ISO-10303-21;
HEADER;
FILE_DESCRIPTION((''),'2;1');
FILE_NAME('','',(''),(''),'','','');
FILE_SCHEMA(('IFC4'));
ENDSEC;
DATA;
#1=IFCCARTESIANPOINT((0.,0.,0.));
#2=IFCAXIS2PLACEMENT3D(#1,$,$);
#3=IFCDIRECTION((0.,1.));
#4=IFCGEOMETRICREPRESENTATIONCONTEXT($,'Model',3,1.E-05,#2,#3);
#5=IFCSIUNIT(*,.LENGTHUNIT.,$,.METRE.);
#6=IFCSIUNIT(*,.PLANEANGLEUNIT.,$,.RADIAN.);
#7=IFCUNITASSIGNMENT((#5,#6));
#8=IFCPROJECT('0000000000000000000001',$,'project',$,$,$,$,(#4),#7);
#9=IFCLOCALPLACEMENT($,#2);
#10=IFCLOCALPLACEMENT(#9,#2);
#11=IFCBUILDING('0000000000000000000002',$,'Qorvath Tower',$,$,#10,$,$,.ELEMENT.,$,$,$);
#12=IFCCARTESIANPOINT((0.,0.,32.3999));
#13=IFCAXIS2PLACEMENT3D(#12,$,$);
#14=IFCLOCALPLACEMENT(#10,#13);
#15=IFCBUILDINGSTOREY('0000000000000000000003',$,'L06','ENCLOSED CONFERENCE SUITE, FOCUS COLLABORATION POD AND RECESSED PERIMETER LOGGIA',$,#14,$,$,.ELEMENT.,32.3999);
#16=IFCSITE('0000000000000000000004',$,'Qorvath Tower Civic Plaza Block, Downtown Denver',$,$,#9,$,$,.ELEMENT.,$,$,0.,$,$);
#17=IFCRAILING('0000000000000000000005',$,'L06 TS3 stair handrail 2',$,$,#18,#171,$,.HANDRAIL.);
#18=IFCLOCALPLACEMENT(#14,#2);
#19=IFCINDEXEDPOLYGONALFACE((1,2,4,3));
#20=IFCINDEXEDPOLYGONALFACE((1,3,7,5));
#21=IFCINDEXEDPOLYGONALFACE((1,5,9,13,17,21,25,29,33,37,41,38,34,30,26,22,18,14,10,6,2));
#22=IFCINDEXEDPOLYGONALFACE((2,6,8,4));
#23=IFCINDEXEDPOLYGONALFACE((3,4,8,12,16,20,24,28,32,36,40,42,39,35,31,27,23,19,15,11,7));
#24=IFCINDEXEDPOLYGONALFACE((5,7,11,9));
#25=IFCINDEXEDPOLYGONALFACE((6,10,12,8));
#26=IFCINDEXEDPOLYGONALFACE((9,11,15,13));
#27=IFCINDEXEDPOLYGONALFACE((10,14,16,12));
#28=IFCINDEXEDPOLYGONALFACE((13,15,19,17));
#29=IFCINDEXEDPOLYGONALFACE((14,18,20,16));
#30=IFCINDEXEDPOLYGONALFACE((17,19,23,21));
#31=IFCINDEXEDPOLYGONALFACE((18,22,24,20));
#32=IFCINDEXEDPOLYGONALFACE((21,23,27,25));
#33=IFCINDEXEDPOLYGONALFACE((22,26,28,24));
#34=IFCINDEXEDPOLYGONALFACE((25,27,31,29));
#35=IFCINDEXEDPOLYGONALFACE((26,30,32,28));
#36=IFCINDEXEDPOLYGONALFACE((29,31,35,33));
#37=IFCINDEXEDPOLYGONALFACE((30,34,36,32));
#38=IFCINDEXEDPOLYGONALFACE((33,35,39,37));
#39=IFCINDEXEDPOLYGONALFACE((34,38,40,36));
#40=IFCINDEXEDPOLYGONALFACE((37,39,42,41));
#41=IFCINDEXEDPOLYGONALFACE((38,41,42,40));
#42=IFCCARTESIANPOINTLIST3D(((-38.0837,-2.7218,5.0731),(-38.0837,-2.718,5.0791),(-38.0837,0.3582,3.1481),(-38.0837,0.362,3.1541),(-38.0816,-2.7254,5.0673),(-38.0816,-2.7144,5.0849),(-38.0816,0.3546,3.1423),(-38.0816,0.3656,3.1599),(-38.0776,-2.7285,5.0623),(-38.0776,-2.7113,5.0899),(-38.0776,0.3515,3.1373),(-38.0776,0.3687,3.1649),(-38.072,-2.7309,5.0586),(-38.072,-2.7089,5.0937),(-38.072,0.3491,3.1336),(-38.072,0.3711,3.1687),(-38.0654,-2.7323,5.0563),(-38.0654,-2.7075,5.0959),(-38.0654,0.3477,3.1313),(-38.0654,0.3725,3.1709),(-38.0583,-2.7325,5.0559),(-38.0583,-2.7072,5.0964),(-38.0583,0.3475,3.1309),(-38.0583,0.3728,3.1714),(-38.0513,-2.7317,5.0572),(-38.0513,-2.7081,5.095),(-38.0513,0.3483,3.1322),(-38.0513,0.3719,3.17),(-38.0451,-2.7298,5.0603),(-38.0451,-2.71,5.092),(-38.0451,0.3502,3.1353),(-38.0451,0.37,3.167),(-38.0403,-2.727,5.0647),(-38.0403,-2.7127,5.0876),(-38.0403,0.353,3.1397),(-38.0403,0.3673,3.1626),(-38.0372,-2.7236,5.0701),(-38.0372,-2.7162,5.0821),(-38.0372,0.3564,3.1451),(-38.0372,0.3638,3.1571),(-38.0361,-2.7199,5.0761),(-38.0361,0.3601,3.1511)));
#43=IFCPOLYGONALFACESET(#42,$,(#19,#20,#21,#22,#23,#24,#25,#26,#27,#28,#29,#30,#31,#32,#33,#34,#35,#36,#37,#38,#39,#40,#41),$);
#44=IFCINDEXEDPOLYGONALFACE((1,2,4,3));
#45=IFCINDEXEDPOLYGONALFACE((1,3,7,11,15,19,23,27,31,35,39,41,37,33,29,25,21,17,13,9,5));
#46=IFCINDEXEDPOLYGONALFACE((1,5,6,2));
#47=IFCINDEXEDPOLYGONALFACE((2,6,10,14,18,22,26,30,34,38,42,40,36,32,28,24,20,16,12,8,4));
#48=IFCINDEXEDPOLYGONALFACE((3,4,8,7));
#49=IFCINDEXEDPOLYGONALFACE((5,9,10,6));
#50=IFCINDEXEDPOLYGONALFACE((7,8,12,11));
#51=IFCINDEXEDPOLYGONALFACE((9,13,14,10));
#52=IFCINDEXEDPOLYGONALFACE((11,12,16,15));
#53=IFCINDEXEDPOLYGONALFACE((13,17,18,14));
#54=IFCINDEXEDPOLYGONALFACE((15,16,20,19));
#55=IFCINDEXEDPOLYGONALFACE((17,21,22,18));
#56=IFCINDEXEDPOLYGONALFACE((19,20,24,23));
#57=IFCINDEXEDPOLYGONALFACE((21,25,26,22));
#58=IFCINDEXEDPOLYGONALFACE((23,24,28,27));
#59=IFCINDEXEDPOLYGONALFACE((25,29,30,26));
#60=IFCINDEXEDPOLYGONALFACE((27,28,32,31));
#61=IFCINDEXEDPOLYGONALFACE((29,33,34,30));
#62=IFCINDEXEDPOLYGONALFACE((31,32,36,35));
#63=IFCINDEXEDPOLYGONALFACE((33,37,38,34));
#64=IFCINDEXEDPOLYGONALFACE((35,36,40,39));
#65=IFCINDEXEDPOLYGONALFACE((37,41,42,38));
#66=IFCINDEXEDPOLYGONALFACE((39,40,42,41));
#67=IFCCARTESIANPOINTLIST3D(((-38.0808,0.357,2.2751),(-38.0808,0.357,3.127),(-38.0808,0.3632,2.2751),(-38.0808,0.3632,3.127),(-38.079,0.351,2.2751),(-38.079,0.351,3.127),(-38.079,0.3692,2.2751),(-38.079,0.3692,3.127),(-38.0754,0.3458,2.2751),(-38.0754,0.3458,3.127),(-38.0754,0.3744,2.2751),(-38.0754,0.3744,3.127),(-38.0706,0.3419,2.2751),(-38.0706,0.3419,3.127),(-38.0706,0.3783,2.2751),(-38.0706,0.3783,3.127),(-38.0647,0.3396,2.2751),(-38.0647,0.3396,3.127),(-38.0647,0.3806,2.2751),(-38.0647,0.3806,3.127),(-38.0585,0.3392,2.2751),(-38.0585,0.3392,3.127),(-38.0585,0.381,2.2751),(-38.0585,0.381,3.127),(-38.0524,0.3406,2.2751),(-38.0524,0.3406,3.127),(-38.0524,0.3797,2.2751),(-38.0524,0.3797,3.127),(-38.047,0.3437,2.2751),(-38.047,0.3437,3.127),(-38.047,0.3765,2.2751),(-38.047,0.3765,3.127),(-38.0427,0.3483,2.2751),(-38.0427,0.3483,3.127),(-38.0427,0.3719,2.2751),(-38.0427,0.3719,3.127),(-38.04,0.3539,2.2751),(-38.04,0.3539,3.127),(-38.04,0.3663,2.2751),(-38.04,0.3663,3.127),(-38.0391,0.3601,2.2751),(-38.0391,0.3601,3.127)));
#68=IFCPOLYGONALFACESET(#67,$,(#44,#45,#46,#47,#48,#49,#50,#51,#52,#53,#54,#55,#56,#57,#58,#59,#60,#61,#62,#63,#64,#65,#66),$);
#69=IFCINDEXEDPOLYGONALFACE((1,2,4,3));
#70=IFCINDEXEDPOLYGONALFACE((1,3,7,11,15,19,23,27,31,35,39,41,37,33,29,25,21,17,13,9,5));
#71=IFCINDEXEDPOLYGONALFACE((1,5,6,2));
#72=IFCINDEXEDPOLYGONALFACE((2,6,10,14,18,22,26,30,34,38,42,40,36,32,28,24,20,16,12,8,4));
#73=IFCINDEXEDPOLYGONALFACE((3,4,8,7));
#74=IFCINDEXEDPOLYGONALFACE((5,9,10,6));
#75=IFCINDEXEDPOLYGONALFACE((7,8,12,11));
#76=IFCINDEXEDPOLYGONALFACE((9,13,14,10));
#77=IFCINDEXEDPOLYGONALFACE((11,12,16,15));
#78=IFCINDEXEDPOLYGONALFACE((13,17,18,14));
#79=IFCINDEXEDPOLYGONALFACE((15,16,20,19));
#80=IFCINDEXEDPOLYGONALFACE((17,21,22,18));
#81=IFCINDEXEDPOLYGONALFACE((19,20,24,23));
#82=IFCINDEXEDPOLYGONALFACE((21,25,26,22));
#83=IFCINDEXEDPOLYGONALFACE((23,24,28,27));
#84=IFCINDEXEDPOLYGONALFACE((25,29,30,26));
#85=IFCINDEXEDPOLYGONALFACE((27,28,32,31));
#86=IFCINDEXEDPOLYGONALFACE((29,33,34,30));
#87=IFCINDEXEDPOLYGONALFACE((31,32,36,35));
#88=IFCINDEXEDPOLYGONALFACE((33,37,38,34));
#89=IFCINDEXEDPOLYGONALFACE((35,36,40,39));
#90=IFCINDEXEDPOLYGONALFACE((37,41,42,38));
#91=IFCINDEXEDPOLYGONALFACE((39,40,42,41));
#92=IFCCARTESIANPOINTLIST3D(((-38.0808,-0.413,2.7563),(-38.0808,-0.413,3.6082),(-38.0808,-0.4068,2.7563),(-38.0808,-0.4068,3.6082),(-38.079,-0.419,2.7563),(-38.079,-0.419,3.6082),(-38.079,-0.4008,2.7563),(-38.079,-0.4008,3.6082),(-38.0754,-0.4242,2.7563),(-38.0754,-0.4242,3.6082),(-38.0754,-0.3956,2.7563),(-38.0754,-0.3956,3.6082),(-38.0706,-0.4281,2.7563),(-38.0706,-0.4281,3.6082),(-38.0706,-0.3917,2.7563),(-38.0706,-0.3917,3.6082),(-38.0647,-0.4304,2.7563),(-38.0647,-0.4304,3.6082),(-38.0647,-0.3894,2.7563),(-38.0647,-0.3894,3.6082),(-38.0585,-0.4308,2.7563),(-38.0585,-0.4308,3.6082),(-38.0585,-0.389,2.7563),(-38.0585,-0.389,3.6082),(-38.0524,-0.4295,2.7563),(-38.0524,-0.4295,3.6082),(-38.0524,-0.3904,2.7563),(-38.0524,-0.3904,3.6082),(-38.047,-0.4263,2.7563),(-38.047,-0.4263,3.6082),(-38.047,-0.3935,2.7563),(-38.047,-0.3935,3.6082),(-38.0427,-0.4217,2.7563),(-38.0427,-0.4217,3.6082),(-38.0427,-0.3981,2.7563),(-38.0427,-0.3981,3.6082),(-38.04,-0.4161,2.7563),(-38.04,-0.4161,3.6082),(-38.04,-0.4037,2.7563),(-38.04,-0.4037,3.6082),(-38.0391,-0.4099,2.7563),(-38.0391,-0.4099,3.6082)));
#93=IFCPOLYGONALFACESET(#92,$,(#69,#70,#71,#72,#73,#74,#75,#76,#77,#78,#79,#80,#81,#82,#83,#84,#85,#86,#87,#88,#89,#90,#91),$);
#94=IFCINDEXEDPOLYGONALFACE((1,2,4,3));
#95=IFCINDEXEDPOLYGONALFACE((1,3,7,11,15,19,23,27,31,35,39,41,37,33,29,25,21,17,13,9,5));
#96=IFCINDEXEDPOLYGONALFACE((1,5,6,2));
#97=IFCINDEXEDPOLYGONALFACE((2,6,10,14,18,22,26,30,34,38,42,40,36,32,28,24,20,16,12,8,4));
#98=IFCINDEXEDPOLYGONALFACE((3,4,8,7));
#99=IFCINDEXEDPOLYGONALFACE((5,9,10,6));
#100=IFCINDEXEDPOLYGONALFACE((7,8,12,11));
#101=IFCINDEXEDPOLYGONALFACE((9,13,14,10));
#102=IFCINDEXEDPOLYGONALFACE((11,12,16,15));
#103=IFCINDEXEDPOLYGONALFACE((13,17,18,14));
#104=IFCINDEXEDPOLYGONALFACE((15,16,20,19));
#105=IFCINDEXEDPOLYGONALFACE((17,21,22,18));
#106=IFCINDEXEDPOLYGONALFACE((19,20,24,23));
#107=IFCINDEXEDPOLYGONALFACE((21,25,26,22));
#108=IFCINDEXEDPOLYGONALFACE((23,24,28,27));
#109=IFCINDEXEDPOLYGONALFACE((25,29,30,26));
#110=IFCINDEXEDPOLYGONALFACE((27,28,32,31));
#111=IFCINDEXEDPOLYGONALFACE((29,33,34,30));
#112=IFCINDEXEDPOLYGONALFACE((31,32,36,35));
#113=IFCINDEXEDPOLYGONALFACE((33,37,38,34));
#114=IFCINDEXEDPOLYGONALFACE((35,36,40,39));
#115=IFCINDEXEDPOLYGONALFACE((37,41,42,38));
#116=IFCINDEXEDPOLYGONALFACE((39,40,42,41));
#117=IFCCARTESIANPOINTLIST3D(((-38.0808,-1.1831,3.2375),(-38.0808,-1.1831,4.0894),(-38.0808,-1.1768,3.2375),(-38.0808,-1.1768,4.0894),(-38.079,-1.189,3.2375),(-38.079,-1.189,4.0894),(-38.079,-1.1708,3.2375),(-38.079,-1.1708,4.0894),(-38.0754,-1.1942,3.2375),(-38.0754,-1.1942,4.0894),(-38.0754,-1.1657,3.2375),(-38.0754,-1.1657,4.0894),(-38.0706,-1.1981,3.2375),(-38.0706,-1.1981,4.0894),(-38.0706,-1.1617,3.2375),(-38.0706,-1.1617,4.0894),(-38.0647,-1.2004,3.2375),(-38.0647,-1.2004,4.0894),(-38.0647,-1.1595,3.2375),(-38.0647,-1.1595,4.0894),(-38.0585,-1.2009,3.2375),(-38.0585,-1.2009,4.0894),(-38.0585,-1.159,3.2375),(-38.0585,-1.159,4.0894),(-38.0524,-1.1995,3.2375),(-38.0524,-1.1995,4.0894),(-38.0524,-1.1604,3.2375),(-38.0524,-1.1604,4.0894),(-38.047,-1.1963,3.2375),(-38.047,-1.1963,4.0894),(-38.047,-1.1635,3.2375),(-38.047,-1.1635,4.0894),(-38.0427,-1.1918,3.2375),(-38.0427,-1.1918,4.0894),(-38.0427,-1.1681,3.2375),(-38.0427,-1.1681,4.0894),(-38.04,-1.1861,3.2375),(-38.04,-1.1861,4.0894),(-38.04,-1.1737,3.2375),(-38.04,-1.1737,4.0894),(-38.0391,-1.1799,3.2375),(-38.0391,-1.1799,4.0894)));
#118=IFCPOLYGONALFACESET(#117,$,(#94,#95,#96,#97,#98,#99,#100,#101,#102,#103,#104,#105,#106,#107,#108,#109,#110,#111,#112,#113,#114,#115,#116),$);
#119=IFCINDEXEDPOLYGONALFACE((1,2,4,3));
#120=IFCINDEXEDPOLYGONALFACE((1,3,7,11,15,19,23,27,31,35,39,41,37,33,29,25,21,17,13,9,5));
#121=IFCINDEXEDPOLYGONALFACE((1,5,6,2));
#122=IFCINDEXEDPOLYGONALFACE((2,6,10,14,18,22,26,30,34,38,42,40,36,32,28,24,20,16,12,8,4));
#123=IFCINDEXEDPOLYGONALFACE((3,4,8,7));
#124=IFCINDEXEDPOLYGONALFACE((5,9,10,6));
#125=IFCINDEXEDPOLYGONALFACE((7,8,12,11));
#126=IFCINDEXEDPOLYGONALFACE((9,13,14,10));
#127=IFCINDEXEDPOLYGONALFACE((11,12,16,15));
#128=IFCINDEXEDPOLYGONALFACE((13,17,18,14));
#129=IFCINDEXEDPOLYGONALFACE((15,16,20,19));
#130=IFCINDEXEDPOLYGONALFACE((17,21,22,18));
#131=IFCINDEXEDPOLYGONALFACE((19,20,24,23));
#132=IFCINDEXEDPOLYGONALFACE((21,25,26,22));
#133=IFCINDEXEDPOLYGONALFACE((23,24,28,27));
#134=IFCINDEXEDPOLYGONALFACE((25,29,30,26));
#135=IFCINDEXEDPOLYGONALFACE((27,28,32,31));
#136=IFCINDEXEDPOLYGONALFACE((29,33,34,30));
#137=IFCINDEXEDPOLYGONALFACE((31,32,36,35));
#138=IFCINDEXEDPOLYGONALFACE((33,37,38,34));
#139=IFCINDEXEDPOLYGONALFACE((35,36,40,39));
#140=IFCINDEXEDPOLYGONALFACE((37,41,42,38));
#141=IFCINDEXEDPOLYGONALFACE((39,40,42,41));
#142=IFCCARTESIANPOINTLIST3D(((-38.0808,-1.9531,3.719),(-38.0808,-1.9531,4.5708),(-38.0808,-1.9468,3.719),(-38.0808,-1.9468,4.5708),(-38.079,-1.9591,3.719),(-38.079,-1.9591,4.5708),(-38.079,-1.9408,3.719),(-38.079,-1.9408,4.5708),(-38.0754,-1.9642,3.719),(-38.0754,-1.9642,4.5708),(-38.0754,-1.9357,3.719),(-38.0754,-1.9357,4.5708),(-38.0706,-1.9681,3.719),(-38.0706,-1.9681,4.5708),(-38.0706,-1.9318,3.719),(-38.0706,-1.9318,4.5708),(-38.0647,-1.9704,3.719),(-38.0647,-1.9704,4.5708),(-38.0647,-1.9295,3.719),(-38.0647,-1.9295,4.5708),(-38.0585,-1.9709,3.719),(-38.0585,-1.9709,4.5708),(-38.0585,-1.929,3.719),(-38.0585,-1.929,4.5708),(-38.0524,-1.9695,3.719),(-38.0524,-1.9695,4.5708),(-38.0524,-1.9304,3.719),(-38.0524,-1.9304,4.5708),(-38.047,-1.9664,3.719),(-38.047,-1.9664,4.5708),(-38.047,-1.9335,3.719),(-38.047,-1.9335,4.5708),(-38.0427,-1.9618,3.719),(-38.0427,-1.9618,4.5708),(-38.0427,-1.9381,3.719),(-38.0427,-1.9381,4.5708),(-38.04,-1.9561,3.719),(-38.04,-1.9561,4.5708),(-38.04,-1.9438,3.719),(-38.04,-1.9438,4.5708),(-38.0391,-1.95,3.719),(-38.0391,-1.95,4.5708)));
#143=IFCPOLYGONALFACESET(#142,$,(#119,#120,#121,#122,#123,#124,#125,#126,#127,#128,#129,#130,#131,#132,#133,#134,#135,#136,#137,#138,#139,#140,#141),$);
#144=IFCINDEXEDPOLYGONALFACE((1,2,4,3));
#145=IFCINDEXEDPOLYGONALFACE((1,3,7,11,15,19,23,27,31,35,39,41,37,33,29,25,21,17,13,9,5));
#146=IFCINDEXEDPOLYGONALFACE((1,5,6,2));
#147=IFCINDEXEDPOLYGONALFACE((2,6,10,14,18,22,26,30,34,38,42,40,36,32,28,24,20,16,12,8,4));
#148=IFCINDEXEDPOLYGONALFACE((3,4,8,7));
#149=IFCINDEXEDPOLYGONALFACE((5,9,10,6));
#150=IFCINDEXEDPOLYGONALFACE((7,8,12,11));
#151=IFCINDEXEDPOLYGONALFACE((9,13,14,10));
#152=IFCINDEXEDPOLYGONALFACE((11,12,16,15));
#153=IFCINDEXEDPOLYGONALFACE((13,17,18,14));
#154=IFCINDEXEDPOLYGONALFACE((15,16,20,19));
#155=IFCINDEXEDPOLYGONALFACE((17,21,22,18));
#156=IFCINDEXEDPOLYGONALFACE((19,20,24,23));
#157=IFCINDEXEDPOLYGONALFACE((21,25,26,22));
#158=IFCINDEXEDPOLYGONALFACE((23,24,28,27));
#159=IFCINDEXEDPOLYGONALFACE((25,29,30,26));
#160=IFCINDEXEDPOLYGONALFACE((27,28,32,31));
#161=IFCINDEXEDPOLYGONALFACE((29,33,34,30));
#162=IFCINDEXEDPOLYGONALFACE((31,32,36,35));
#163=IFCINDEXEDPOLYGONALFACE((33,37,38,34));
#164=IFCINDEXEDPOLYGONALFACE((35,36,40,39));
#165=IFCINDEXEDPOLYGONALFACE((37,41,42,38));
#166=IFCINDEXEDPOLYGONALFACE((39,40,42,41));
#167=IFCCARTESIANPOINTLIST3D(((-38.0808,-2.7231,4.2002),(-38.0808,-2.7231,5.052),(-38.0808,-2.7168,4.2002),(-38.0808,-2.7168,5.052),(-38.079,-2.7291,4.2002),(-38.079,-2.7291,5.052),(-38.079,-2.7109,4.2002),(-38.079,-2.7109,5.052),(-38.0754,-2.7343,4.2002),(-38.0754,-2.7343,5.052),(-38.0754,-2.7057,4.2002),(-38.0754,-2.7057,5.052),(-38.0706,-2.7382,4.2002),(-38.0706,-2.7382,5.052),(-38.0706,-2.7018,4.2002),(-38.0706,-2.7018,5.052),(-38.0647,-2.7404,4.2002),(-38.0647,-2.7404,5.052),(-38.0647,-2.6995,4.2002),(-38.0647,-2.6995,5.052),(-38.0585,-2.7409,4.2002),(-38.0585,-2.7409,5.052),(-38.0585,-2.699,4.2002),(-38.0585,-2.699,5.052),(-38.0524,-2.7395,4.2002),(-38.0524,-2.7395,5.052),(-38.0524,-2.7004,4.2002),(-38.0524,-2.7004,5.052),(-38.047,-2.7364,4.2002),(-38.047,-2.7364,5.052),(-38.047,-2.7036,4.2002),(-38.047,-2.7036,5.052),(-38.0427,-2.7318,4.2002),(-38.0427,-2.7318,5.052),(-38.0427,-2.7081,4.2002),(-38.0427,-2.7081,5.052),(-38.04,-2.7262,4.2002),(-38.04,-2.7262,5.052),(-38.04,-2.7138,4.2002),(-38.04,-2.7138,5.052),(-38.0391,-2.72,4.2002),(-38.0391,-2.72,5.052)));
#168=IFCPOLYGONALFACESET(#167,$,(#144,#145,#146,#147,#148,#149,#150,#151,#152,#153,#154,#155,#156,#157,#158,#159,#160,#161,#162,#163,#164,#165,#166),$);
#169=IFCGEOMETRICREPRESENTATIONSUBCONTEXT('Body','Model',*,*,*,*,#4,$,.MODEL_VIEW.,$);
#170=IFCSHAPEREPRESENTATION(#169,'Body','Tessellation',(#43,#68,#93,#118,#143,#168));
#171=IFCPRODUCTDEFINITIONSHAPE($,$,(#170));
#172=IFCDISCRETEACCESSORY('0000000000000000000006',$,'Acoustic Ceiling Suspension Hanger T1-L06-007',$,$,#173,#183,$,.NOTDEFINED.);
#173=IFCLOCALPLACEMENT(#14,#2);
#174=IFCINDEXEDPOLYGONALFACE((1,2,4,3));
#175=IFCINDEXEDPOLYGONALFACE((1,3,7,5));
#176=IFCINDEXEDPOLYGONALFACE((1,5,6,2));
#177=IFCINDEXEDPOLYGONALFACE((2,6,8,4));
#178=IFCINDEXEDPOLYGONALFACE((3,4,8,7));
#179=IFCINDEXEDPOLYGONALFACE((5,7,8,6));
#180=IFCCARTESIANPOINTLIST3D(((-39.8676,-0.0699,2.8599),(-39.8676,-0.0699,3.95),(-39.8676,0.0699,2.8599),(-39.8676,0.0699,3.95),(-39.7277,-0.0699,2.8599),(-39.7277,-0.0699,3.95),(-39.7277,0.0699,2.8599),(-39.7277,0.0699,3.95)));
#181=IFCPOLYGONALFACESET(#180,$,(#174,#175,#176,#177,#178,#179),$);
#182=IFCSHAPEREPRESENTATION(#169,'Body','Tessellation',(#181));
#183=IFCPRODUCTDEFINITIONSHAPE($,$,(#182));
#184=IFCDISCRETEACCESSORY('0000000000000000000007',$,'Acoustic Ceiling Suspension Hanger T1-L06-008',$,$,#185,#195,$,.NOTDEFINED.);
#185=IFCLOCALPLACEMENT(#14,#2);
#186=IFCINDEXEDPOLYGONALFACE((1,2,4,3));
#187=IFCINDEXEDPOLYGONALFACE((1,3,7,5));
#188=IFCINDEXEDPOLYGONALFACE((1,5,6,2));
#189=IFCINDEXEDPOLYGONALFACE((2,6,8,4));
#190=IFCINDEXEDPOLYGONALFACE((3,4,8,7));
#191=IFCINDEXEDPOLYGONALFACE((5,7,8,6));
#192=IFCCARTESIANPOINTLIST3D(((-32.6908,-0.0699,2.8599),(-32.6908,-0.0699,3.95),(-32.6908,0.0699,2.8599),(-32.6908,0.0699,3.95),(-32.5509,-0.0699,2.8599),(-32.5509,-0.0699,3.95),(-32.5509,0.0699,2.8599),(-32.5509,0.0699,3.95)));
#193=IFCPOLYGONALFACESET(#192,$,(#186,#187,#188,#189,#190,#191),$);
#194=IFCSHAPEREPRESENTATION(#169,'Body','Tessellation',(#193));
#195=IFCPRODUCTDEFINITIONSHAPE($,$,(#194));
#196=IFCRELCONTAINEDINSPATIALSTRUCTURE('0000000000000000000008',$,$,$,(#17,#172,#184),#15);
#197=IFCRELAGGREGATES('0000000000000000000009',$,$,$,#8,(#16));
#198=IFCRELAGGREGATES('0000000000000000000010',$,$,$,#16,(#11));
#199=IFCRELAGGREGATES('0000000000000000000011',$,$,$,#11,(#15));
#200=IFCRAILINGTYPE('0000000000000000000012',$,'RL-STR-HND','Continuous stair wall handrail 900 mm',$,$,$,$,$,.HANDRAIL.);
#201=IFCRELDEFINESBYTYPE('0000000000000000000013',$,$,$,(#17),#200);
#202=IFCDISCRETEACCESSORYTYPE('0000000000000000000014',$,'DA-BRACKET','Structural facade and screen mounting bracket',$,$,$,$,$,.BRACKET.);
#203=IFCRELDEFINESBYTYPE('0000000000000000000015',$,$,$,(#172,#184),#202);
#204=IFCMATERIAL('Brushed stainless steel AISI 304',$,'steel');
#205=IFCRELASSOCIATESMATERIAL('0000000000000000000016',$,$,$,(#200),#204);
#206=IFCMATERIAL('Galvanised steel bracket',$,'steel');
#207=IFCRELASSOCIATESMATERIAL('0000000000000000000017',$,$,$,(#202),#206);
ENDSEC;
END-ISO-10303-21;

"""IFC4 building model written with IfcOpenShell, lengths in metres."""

from ifc_helpers import new_model, si_unit, direction, frame, origin, origin_2d, place, context, subcontext, project, spatial, rectangle, circle, extrude, material, type_object, element, save


model = new_model("IFC4")

# Units and contexts
model_context = context("Model", 3, precision=1e-05, world=origin(), true_north=direction((0.0, 1.0)))
body_context = subcontext(model_context, "Body", "Model", "MODEL_VIEW")
ifc_project = project(units=[si_unit("LENGTHUNIT", "METRE"), si_unit("PLANEANGLEUNIT", "RADIAN")], contexts=[model_context])

# Site, building, storey
site_placement = place(None, origin())
site = spatial("IfcSite", under=ifc_project, at=site_placement, Name="Qorvath Tower Civic Plaza Block, Downtown Denver", CompositionType="ELEMENT", RefElevation=0.0)
building_placement = place(site_placement, origin())
building = spatial("IfcBuilding", under=site, at=building_placement, Name="Qorvath Tower", CompositionType="ELEMENT")
storey_placement = place(building_placement, frame((0.0, 0.0, 32.3999)))
storey = spatial("IfcBuildingStorey", under=building, at=storey_placement, Name="L06", Description="ENCLOSED CONFERENCE SUITE, FOCUS COLLABORATION POD AND RECESSED PERIMETER LOGGIA", CompositionType="ELEMENT", Elevation=32.3999)

# Railing
ifc_material_1 = material(Name="Brushed stainless steel AISI 304", Category="steel")
railing_type_1 = type_object("IfcRailingType", Name="RL-STR-HND", Description="Continuous stair wall handrail 900 mm", PredefinedType="HANDRAIL", material=ifc_material_1)
railing_1_placement = place(storey_placement, frame((-38.0601, 0.3601, 2.2751)))
element("IfcRailing", 1, at=railing_1_placement, inside=storey, type_object=railing_type_1, Name="L06 TS3 stair handrail 2", PredefinedType="HANDRAIL", context=body_context, shape_type="SweptSolid", body=[
    extrude(circle(Radius=0.0239, at=origin_2d()), frame((0.0, 0.0, 0.876), z_axis=(0.0, -0.847998, 0.529999), x_axis=(1.0, 0.0, 0.0)), (0.0, 0.0, 1.0), 3.6321),
    extrude(circle(Radius=0.021, at=origin_2d()), origin(), (0.0, 0.0, 1.0), 0.8518),
    extrude(circle(Radius=0.021, at=origin_2d()), frame((0.0, -0.77, 0.4812)), (0.0, 0.0, 1.0), 0.8518),
    extrude(circle(Radius=0.021, at=origin_2d()), frame((0.0, -1.54, 0.9624)), (0.0, 0.0, 1.0), 0.8518),
    extrude(circle(Radius=0.021, at=origin_2d()), frame((0.0, -2.3101, 1.4438)), (0.0, 0.0, 1.0), 0.8518),
    extrude(circle(Radius=0.021, at=origin_2d()), frame((0.0, -3.0801, 1.925)), (0.0, 0.0, 1.0), 0.8518),
])

# Discrete accessories
ifc_material_2 = material(Name="Galvanised steel bracket", Category="steel")
discrete_accessory_type = type_object("IfcDiscreteAccessoryType", Name="DA-BRACKET", Description="Structural facade and screen mounting bracket", PredefinedType="BRACKET", material=ifc_material_2)
for number, where, z_axis, x_axis, name in (
    (2, (-39.7976, 0.0, 2.8599), (0.0, 0.0, 1.0), (1.0, 0.0, 0.0), "Acoustic Ceiling Suspension Hanger T1-L06-007"),
    (3, (-32.6208, 0.0, 2.8599), (0.0, 0.0, 1.0), (1.0, 0.0, 0.0), "Acoustic Ceiling Suspension Hanger T1-L06-008"),
):
    element("IfcDiscreteAccessory", number, at=place(storey_placement, frame(where, z_axis=z_axis, x_axis=x_axis)), inside=storey, type_object=discrete_accessory_type, Name=name, PredefinedType="NOTDEFINED", context=body_context, shape_type="SweptSolid", body=[
        extrude(rectangle(XDim=0.1399, YDim=0.1399, at=origin_2d()), origin(), (0.0, 0.0, 1.0), 1.0901),
    ])

save(model, "model.ifc")
